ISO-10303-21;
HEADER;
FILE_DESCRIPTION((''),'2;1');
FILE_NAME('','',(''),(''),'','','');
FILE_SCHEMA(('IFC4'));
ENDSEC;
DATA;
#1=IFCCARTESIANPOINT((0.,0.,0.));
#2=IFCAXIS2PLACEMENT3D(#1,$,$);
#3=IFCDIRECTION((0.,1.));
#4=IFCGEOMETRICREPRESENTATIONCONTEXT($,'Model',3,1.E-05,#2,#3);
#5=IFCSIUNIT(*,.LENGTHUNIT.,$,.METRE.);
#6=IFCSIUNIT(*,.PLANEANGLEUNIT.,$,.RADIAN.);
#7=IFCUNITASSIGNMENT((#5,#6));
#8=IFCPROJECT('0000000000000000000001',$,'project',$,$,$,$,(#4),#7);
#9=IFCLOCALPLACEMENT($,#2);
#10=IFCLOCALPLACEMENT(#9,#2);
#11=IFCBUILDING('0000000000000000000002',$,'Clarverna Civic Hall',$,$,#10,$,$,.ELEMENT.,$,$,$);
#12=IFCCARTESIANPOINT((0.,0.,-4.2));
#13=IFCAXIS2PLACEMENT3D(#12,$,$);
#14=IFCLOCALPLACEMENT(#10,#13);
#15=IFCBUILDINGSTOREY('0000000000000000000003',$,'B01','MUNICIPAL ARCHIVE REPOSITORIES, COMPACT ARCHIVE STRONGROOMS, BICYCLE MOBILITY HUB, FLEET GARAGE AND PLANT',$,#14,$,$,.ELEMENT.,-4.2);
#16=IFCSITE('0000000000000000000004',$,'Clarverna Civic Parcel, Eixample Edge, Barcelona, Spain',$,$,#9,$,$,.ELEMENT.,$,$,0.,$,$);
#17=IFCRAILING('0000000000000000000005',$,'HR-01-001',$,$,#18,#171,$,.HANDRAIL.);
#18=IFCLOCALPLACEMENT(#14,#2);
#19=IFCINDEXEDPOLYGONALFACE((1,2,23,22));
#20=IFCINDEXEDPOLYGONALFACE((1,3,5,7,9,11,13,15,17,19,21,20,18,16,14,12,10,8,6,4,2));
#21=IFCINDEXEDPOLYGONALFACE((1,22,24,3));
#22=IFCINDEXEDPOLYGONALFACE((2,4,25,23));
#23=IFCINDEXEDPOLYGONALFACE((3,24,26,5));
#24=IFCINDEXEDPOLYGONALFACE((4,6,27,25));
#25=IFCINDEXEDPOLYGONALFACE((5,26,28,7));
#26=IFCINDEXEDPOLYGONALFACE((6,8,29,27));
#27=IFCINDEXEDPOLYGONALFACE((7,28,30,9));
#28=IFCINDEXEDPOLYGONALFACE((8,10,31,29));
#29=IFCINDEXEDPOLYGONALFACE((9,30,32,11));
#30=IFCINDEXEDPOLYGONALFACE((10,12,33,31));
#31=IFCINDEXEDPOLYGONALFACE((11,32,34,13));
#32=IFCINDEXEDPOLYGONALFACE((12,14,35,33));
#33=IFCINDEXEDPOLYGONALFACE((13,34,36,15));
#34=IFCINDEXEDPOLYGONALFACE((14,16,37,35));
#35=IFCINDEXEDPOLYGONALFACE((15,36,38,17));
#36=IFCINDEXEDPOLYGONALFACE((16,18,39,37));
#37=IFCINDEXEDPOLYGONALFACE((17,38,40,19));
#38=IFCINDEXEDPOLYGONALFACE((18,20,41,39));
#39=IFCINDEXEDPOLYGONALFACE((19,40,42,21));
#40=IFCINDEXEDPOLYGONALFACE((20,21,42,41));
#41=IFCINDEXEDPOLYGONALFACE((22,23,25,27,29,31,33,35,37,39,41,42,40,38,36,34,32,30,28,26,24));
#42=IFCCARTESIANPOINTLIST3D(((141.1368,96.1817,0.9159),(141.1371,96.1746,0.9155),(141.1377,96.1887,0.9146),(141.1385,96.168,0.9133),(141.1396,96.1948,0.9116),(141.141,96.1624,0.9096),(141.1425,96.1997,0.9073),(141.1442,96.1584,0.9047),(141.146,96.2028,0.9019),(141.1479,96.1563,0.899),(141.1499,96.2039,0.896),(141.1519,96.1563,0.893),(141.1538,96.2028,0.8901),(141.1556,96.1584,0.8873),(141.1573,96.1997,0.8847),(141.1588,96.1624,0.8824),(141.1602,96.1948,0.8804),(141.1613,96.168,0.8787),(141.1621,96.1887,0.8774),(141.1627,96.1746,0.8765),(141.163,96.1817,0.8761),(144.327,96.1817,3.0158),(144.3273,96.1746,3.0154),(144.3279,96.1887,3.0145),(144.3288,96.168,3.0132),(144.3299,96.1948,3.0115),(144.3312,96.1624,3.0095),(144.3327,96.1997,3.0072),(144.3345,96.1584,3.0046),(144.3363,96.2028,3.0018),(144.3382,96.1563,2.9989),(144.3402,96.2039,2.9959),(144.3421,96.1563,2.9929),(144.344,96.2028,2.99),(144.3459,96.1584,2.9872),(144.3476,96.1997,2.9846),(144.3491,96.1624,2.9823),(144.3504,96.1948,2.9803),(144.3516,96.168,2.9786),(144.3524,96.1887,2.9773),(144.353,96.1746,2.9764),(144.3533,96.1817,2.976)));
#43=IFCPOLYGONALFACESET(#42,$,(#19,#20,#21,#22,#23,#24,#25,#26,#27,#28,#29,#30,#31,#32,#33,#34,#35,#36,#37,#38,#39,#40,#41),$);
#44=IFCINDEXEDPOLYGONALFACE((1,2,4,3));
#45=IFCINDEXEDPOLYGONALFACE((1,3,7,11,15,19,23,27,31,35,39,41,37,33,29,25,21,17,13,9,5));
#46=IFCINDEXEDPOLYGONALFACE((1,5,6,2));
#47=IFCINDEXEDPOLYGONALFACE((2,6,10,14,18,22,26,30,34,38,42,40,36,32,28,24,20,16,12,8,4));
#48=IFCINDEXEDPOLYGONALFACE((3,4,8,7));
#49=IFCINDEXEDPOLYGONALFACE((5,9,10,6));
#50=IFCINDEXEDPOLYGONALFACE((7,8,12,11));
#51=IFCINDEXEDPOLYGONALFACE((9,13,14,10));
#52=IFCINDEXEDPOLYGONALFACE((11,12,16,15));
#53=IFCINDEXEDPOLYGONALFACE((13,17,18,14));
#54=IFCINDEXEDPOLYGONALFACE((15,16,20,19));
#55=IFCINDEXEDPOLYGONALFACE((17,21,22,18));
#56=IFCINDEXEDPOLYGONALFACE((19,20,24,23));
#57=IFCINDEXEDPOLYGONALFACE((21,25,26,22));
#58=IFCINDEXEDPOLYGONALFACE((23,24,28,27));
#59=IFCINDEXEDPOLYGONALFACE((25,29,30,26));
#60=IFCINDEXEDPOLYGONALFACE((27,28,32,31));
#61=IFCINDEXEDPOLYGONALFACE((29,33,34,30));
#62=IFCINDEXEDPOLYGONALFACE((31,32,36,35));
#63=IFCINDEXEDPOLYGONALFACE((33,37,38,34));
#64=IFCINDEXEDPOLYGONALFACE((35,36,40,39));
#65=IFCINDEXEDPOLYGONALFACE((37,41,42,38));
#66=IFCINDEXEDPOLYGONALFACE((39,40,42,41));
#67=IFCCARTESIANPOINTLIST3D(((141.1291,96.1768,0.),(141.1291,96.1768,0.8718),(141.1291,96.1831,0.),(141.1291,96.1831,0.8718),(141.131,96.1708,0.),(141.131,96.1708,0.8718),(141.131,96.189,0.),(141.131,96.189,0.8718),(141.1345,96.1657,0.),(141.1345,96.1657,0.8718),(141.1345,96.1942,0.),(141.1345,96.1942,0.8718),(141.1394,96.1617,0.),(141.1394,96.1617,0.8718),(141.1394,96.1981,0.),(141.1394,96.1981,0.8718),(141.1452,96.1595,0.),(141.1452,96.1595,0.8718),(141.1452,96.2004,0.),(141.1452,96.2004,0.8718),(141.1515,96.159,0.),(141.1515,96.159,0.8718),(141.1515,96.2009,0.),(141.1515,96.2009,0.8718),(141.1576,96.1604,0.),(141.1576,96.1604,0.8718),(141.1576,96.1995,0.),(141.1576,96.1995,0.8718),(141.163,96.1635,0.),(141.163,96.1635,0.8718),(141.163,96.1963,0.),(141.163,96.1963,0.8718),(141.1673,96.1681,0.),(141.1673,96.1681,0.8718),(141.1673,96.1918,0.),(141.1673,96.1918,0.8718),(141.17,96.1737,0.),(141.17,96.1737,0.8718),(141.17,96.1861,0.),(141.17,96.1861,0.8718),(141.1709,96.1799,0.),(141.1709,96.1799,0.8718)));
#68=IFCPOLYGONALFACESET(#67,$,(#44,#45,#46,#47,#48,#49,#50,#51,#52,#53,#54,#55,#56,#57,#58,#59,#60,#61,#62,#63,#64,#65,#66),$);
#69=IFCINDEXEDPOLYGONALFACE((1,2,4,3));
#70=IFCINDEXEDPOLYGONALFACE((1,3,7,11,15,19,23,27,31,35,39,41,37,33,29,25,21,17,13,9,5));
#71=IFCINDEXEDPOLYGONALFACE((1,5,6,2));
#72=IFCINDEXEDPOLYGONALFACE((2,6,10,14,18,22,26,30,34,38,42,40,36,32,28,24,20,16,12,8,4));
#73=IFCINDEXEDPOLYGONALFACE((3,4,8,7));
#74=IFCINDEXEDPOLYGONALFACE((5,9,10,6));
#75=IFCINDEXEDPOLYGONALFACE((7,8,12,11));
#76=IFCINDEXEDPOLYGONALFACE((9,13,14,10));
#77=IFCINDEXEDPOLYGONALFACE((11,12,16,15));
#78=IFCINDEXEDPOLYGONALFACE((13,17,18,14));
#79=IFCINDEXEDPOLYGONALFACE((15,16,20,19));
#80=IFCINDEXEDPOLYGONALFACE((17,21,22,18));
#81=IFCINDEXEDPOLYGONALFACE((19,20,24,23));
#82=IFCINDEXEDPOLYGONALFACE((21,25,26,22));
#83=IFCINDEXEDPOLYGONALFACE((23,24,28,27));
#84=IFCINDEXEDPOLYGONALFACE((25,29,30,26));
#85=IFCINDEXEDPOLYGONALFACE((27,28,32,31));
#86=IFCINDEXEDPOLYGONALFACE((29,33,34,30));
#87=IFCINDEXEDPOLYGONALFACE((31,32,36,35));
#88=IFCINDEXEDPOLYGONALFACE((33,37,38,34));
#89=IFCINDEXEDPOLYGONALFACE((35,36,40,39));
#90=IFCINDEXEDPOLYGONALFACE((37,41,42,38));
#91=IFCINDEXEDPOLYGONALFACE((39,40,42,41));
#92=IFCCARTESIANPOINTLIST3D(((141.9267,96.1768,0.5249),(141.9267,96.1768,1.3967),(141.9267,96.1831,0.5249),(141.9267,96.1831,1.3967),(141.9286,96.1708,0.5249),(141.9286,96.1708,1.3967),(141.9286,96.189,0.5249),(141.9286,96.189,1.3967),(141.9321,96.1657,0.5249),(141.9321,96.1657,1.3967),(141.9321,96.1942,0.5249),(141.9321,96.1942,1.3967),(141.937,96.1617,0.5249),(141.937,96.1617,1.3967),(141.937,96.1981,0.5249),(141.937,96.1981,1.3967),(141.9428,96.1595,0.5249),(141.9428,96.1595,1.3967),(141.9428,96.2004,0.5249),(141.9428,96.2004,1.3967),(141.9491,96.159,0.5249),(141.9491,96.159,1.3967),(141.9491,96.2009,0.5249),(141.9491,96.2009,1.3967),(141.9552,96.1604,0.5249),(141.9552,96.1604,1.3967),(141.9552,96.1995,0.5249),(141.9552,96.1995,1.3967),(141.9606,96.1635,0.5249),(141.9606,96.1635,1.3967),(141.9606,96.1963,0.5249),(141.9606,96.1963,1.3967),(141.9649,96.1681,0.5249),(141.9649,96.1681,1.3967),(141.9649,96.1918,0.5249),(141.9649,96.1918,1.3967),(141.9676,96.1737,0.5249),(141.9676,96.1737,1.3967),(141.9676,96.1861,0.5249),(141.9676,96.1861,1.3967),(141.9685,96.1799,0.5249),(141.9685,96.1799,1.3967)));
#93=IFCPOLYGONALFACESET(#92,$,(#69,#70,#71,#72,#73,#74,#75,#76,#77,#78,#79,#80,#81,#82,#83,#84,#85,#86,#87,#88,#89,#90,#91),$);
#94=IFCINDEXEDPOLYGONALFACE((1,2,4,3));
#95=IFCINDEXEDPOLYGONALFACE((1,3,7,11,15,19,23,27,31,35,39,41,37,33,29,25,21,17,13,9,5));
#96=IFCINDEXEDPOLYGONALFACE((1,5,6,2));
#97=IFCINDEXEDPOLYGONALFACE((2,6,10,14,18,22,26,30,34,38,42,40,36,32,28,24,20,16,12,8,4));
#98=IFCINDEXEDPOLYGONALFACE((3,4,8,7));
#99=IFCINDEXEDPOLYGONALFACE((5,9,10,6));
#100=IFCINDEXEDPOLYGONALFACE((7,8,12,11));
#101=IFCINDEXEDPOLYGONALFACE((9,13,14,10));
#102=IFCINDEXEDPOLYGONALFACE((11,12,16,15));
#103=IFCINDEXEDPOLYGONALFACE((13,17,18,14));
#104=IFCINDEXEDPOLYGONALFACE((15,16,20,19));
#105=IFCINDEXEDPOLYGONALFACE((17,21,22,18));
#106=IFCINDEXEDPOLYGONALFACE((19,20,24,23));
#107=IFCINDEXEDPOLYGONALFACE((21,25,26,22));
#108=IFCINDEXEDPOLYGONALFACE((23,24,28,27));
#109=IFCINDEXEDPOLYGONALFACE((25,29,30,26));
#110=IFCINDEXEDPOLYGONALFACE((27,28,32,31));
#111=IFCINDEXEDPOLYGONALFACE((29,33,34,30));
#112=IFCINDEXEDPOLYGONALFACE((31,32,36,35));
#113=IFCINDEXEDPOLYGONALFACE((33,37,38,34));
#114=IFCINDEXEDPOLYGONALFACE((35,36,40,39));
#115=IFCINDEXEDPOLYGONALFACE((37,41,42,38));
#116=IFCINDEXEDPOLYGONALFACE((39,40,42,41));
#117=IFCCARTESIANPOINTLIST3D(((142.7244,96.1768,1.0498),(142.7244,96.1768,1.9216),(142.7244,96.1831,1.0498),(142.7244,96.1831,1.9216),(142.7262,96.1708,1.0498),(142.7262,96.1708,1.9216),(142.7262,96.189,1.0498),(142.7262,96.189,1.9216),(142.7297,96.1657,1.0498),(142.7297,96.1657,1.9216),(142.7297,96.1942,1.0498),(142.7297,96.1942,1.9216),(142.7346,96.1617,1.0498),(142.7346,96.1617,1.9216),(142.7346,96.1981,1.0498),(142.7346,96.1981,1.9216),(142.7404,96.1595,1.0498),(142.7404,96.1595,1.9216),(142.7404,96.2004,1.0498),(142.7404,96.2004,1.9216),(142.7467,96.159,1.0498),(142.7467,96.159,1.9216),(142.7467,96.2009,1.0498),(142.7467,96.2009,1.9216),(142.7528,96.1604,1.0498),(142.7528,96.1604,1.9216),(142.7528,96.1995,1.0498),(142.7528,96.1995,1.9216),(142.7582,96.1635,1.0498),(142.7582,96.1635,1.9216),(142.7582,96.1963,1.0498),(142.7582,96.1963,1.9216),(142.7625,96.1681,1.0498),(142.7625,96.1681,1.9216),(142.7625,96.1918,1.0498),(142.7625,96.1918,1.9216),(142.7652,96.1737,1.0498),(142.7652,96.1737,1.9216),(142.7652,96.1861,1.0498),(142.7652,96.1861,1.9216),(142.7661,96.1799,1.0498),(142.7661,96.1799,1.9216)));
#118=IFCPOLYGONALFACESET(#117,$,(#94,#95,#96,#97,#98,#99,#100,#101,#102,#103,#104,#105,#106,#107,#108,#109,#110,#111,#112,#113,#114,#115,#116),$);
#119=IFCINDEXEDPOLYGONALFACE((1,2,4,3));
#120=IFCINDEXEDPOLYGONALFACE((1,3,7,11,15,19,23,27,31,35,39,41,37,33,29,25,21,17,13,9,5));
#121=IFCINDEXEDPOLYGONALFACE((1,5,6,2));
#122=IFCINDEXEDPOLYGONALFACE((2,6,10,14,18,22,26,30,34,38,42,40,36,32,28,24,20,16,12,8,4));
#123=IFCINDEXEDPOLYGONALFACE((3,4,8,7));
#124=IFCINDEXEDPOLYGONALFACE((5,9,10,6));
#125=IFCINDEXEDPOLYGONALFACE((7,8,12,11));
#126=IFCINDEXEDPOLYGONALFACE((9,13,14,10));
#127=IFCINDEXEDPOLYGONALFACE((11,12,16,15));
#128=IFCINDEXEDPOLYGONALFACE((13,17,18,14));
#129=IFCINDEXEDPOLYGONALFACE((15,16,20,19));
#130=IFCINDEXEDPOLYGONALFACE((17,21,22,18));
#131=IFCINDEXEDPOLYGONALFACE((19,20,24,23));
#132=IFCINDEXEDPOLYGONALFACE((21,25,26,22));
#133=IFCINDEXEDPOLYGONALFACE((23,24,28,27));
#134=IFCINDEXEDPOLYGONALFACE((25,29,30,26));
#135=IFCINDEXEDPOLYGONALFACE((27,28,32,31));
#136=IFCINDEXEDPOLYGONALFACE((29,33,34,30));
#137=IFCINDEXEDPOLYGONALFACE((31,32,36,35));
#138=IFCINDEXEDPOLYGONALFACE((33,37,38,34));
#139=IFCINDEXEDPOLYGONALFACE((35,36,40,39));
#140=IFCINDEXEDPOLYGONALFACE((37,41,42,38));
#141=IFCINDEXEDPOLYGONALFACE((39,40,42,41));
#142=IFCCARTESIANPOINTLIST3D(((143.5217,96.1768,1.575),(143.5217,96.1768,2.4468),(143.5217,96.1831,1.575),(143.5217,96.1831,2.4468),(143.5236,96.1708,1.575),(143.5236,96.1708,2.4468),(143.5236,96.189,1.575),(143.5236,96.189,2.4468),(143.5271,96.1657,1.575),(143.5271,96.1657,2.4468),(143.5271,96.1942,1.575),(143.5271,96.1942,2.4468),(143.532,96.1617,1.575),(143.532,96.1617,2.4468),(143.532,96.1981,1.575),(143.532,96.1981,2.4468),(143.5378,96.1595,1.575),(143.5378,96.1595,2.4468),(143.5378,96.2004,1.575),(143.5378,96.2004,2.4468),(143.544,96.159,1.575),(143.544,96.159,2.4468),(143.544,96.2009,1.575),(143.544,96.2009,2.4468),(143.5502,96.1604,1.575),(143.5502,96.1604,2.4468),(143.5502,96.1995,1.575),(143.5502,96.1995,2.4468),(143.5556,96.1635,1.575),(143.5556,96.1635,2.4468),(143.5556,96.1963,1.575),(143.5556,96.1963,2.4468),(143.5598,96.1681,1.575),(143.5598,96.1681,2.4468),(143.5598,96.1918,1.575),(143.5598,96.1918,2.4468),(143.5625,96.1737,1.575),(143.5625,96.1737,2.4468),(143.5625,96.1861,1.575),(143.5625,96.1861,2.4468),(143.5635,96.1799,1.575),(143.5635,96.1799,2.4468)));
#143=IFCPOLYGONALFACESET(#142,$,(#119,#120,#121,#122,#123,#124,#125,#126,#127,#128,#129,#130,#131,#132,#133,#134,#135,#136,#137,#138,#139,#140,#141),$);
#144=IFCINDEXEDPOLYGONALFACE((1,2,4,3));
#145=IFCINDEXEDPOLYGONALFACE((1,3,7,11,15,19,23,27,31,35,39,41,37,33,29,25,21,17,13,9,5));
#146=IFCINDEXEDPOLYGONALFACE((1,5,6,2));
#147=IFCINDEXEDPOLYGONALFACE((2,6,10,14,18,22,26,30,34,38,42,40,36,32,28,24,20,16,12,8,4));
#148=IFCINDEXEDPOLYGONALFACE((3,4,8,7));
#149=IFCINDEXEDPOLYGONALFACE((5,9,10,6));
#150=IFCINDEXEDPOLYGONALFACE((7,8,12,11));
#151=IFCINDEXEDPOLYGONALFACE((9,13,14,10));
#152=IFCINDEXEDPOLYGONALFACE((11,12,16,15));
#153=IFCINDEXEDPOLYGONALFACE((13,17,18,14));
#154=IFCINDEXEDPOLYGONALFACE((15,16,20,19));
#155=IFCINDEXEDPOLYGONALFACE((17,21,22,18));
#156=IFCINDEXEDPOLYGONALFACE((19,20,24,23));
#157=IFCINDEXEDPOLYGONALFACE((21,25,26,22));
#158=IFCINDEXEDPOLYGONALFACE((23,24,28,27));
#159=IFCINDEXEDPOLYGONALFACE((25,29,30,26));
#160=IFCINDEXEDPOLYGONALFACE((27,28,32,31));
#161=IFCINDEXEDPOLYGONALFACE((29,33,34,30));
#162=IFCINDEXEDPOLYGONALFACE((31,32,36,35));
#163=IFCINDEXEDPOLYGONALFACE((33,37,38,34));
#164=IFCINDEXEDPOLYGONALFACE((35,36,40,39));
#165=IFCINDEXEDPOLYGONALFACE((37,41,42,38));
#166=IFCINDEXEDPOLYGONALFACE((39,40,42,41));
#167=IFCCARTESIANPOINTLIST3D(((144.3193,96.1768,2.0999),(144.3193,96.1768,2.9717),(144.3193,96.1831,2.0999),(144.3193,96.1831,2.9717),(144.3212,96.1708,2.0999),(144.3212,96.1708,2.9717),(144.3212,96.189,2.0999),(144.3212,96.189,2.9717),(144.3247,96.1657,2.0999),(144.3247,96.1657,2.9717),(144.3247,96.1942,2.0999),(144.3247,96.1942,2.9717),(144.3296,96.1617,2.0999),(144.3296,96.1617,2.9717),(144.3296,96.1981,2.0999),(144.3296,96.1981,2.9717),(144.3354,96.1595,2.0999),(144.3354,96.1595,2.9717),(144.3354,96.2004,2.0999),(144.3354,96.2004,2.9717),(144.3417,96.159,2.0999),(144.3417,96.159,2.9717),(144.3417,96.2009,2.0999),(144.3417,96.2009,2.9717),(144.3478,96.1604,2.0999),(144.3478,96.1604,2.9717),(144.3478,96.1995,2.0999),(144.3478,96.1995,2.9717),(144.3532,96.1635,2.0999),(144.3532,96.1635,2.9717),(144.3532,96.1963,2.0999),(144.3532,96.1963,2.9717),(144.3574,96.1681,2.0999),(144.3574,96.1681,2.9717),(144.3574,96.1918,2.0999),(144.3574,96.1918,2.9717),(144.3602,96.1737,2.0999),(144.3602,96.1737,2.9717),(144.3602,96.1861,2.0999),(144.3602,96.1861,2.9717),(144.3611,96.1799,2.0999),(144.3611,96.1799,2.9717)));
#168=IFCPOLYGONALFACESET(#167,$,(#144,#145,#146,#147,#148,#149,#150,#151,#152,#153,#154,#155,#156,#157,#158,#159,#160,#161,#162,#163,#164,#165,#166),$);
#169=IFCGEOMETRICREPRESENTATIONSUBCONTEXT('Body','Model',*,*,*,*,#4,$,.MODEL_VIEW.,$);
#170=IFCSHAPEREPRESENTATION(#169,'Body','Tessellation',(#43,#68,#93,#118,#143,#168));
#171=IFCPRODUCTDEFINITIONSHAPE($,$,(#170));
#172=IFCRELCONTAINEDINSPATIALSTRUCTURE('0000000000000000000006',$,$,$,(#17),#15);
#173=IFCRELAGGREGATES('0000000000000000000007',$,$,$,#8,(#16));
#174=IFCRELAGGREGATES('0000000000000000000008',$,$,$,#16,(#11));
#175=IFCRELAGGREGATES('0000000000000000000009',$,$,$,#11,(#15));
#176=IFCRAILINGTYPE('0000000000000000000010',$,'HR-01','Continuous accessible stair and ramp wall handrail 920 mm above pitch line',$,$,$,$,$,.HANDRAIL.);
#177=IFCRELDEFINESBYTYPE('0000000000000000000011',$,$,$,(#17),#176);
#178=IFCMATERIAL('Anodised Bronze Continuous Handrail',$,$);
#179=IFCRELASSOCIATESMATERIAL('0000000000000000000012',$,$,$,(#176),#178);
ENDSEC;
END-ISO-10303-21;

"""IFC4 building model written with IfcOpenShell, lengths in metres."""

from ifc_helpers import new_model, si_unit, direction, frame, origin, origin_2d, place, context, subcontext, project, spatial, circle, extrude, material, type_object, element, save


model = new_model("IFC4")

# Units and contexts
model_context = context("Model", 3, precision=1e-05, world=origin(), true_north=direction((0.0, 1.0)))
body_context = subcontext(model_context, "Body", "Model", "MODEL_VIEW")
ifc_project = project(units=[si_unit("LENGTHUNIT", "METRE"), si_unit("PLANEANGLEUNIT", "RADIAN")], contexts=[model_context])

# Site, building, storey
site_placement = place(None, origin())
site = spatial("IfcSite", under=ifc_project, at=site_placement, Name="Clarverna Civic Parcel, Eixample Edge, Barcelona, Spain", CompositionType="ELEMENT", RefElevation=0.0)
building_placement = place(site_placement, origin())
building = spatial("IfcBuilding", under=site, at=building_placement, Name="Clarverna Civic Hall", CompositionType="ELEMENT")
storey_placement = place(building_placement, frame((0.0, 0.0, -4.2)))
storey = spatial("IfcBuildingStorey", under=building, at=storey_placement, Name="B01", Description="MUNICIPAL ARCHIVE REPOSITORIES, COMPACT ARCHIVE STRONGROOMS, BICYCLE MOBILITY HUB, FLEET GARAGE AND PLANT", CompositionType="ELEMENT", Elevation=-4.2)

# Railing
ifc_material_1 = material(Name="Anodised Bronze Continuous Handrail")
railing_type_1 = type_object("IfcRailingType", Name="HR-01", Description="Continuous accessible stair and ramp wall handrail 920 mm above pitch line", PredefinedType="HANDRAIL", material=ifc_material_1)
railing_1_placement = place(storey_placement, frame((141.1499, 96.1799, 0.0)))
element("IfcRailing", 1, at=railing_1_placement, inside=storey, type_object=railing_type_1, Name="HR-01-001", PredefinedType="HANDRAIL", context=body_context, shape_type="SweptSolid", body=[
    extrude(circle(Radius=0.0239, at=origin_2d()), frame((0.0, 0.0, 0.896), z_axis=(0.835291, 0.0, 0.549808), x_axis=(0.0, 1.0, 0.0)), (0.0, 0.0, 1.0), 3.8193),
    extrude(circle(Radius=0.021, at=origin_2d()), origin(), (0.0, 0.0, 1.0), 0.8718),
    extrude(circle(Radius=0.021, at=origin_2d()), frame((0.7976, 0.0, 0.5249)), (0.0, 0.0, 1.0), 0.8718),
    extrude(circle(Radius=0.021, at=origin_2d()), frame((1.5952, 0.0, 1.0498)), (0.0, 0.0, 1.0), 0.8718),
    extrude(circle(Radius=0.021, at=origin_2d()), frame((2.3926, 0.0, 1.575)), (0.0, 0.0, 1.0), 0.8718),
    extrude(circle(Radius=0.021, at=origin_2d()), frame((3.1902, 0.0, 2.0999)), (0.0, 0.0, 1.0), 0.8718),
])

save(model, "model.ifc")
